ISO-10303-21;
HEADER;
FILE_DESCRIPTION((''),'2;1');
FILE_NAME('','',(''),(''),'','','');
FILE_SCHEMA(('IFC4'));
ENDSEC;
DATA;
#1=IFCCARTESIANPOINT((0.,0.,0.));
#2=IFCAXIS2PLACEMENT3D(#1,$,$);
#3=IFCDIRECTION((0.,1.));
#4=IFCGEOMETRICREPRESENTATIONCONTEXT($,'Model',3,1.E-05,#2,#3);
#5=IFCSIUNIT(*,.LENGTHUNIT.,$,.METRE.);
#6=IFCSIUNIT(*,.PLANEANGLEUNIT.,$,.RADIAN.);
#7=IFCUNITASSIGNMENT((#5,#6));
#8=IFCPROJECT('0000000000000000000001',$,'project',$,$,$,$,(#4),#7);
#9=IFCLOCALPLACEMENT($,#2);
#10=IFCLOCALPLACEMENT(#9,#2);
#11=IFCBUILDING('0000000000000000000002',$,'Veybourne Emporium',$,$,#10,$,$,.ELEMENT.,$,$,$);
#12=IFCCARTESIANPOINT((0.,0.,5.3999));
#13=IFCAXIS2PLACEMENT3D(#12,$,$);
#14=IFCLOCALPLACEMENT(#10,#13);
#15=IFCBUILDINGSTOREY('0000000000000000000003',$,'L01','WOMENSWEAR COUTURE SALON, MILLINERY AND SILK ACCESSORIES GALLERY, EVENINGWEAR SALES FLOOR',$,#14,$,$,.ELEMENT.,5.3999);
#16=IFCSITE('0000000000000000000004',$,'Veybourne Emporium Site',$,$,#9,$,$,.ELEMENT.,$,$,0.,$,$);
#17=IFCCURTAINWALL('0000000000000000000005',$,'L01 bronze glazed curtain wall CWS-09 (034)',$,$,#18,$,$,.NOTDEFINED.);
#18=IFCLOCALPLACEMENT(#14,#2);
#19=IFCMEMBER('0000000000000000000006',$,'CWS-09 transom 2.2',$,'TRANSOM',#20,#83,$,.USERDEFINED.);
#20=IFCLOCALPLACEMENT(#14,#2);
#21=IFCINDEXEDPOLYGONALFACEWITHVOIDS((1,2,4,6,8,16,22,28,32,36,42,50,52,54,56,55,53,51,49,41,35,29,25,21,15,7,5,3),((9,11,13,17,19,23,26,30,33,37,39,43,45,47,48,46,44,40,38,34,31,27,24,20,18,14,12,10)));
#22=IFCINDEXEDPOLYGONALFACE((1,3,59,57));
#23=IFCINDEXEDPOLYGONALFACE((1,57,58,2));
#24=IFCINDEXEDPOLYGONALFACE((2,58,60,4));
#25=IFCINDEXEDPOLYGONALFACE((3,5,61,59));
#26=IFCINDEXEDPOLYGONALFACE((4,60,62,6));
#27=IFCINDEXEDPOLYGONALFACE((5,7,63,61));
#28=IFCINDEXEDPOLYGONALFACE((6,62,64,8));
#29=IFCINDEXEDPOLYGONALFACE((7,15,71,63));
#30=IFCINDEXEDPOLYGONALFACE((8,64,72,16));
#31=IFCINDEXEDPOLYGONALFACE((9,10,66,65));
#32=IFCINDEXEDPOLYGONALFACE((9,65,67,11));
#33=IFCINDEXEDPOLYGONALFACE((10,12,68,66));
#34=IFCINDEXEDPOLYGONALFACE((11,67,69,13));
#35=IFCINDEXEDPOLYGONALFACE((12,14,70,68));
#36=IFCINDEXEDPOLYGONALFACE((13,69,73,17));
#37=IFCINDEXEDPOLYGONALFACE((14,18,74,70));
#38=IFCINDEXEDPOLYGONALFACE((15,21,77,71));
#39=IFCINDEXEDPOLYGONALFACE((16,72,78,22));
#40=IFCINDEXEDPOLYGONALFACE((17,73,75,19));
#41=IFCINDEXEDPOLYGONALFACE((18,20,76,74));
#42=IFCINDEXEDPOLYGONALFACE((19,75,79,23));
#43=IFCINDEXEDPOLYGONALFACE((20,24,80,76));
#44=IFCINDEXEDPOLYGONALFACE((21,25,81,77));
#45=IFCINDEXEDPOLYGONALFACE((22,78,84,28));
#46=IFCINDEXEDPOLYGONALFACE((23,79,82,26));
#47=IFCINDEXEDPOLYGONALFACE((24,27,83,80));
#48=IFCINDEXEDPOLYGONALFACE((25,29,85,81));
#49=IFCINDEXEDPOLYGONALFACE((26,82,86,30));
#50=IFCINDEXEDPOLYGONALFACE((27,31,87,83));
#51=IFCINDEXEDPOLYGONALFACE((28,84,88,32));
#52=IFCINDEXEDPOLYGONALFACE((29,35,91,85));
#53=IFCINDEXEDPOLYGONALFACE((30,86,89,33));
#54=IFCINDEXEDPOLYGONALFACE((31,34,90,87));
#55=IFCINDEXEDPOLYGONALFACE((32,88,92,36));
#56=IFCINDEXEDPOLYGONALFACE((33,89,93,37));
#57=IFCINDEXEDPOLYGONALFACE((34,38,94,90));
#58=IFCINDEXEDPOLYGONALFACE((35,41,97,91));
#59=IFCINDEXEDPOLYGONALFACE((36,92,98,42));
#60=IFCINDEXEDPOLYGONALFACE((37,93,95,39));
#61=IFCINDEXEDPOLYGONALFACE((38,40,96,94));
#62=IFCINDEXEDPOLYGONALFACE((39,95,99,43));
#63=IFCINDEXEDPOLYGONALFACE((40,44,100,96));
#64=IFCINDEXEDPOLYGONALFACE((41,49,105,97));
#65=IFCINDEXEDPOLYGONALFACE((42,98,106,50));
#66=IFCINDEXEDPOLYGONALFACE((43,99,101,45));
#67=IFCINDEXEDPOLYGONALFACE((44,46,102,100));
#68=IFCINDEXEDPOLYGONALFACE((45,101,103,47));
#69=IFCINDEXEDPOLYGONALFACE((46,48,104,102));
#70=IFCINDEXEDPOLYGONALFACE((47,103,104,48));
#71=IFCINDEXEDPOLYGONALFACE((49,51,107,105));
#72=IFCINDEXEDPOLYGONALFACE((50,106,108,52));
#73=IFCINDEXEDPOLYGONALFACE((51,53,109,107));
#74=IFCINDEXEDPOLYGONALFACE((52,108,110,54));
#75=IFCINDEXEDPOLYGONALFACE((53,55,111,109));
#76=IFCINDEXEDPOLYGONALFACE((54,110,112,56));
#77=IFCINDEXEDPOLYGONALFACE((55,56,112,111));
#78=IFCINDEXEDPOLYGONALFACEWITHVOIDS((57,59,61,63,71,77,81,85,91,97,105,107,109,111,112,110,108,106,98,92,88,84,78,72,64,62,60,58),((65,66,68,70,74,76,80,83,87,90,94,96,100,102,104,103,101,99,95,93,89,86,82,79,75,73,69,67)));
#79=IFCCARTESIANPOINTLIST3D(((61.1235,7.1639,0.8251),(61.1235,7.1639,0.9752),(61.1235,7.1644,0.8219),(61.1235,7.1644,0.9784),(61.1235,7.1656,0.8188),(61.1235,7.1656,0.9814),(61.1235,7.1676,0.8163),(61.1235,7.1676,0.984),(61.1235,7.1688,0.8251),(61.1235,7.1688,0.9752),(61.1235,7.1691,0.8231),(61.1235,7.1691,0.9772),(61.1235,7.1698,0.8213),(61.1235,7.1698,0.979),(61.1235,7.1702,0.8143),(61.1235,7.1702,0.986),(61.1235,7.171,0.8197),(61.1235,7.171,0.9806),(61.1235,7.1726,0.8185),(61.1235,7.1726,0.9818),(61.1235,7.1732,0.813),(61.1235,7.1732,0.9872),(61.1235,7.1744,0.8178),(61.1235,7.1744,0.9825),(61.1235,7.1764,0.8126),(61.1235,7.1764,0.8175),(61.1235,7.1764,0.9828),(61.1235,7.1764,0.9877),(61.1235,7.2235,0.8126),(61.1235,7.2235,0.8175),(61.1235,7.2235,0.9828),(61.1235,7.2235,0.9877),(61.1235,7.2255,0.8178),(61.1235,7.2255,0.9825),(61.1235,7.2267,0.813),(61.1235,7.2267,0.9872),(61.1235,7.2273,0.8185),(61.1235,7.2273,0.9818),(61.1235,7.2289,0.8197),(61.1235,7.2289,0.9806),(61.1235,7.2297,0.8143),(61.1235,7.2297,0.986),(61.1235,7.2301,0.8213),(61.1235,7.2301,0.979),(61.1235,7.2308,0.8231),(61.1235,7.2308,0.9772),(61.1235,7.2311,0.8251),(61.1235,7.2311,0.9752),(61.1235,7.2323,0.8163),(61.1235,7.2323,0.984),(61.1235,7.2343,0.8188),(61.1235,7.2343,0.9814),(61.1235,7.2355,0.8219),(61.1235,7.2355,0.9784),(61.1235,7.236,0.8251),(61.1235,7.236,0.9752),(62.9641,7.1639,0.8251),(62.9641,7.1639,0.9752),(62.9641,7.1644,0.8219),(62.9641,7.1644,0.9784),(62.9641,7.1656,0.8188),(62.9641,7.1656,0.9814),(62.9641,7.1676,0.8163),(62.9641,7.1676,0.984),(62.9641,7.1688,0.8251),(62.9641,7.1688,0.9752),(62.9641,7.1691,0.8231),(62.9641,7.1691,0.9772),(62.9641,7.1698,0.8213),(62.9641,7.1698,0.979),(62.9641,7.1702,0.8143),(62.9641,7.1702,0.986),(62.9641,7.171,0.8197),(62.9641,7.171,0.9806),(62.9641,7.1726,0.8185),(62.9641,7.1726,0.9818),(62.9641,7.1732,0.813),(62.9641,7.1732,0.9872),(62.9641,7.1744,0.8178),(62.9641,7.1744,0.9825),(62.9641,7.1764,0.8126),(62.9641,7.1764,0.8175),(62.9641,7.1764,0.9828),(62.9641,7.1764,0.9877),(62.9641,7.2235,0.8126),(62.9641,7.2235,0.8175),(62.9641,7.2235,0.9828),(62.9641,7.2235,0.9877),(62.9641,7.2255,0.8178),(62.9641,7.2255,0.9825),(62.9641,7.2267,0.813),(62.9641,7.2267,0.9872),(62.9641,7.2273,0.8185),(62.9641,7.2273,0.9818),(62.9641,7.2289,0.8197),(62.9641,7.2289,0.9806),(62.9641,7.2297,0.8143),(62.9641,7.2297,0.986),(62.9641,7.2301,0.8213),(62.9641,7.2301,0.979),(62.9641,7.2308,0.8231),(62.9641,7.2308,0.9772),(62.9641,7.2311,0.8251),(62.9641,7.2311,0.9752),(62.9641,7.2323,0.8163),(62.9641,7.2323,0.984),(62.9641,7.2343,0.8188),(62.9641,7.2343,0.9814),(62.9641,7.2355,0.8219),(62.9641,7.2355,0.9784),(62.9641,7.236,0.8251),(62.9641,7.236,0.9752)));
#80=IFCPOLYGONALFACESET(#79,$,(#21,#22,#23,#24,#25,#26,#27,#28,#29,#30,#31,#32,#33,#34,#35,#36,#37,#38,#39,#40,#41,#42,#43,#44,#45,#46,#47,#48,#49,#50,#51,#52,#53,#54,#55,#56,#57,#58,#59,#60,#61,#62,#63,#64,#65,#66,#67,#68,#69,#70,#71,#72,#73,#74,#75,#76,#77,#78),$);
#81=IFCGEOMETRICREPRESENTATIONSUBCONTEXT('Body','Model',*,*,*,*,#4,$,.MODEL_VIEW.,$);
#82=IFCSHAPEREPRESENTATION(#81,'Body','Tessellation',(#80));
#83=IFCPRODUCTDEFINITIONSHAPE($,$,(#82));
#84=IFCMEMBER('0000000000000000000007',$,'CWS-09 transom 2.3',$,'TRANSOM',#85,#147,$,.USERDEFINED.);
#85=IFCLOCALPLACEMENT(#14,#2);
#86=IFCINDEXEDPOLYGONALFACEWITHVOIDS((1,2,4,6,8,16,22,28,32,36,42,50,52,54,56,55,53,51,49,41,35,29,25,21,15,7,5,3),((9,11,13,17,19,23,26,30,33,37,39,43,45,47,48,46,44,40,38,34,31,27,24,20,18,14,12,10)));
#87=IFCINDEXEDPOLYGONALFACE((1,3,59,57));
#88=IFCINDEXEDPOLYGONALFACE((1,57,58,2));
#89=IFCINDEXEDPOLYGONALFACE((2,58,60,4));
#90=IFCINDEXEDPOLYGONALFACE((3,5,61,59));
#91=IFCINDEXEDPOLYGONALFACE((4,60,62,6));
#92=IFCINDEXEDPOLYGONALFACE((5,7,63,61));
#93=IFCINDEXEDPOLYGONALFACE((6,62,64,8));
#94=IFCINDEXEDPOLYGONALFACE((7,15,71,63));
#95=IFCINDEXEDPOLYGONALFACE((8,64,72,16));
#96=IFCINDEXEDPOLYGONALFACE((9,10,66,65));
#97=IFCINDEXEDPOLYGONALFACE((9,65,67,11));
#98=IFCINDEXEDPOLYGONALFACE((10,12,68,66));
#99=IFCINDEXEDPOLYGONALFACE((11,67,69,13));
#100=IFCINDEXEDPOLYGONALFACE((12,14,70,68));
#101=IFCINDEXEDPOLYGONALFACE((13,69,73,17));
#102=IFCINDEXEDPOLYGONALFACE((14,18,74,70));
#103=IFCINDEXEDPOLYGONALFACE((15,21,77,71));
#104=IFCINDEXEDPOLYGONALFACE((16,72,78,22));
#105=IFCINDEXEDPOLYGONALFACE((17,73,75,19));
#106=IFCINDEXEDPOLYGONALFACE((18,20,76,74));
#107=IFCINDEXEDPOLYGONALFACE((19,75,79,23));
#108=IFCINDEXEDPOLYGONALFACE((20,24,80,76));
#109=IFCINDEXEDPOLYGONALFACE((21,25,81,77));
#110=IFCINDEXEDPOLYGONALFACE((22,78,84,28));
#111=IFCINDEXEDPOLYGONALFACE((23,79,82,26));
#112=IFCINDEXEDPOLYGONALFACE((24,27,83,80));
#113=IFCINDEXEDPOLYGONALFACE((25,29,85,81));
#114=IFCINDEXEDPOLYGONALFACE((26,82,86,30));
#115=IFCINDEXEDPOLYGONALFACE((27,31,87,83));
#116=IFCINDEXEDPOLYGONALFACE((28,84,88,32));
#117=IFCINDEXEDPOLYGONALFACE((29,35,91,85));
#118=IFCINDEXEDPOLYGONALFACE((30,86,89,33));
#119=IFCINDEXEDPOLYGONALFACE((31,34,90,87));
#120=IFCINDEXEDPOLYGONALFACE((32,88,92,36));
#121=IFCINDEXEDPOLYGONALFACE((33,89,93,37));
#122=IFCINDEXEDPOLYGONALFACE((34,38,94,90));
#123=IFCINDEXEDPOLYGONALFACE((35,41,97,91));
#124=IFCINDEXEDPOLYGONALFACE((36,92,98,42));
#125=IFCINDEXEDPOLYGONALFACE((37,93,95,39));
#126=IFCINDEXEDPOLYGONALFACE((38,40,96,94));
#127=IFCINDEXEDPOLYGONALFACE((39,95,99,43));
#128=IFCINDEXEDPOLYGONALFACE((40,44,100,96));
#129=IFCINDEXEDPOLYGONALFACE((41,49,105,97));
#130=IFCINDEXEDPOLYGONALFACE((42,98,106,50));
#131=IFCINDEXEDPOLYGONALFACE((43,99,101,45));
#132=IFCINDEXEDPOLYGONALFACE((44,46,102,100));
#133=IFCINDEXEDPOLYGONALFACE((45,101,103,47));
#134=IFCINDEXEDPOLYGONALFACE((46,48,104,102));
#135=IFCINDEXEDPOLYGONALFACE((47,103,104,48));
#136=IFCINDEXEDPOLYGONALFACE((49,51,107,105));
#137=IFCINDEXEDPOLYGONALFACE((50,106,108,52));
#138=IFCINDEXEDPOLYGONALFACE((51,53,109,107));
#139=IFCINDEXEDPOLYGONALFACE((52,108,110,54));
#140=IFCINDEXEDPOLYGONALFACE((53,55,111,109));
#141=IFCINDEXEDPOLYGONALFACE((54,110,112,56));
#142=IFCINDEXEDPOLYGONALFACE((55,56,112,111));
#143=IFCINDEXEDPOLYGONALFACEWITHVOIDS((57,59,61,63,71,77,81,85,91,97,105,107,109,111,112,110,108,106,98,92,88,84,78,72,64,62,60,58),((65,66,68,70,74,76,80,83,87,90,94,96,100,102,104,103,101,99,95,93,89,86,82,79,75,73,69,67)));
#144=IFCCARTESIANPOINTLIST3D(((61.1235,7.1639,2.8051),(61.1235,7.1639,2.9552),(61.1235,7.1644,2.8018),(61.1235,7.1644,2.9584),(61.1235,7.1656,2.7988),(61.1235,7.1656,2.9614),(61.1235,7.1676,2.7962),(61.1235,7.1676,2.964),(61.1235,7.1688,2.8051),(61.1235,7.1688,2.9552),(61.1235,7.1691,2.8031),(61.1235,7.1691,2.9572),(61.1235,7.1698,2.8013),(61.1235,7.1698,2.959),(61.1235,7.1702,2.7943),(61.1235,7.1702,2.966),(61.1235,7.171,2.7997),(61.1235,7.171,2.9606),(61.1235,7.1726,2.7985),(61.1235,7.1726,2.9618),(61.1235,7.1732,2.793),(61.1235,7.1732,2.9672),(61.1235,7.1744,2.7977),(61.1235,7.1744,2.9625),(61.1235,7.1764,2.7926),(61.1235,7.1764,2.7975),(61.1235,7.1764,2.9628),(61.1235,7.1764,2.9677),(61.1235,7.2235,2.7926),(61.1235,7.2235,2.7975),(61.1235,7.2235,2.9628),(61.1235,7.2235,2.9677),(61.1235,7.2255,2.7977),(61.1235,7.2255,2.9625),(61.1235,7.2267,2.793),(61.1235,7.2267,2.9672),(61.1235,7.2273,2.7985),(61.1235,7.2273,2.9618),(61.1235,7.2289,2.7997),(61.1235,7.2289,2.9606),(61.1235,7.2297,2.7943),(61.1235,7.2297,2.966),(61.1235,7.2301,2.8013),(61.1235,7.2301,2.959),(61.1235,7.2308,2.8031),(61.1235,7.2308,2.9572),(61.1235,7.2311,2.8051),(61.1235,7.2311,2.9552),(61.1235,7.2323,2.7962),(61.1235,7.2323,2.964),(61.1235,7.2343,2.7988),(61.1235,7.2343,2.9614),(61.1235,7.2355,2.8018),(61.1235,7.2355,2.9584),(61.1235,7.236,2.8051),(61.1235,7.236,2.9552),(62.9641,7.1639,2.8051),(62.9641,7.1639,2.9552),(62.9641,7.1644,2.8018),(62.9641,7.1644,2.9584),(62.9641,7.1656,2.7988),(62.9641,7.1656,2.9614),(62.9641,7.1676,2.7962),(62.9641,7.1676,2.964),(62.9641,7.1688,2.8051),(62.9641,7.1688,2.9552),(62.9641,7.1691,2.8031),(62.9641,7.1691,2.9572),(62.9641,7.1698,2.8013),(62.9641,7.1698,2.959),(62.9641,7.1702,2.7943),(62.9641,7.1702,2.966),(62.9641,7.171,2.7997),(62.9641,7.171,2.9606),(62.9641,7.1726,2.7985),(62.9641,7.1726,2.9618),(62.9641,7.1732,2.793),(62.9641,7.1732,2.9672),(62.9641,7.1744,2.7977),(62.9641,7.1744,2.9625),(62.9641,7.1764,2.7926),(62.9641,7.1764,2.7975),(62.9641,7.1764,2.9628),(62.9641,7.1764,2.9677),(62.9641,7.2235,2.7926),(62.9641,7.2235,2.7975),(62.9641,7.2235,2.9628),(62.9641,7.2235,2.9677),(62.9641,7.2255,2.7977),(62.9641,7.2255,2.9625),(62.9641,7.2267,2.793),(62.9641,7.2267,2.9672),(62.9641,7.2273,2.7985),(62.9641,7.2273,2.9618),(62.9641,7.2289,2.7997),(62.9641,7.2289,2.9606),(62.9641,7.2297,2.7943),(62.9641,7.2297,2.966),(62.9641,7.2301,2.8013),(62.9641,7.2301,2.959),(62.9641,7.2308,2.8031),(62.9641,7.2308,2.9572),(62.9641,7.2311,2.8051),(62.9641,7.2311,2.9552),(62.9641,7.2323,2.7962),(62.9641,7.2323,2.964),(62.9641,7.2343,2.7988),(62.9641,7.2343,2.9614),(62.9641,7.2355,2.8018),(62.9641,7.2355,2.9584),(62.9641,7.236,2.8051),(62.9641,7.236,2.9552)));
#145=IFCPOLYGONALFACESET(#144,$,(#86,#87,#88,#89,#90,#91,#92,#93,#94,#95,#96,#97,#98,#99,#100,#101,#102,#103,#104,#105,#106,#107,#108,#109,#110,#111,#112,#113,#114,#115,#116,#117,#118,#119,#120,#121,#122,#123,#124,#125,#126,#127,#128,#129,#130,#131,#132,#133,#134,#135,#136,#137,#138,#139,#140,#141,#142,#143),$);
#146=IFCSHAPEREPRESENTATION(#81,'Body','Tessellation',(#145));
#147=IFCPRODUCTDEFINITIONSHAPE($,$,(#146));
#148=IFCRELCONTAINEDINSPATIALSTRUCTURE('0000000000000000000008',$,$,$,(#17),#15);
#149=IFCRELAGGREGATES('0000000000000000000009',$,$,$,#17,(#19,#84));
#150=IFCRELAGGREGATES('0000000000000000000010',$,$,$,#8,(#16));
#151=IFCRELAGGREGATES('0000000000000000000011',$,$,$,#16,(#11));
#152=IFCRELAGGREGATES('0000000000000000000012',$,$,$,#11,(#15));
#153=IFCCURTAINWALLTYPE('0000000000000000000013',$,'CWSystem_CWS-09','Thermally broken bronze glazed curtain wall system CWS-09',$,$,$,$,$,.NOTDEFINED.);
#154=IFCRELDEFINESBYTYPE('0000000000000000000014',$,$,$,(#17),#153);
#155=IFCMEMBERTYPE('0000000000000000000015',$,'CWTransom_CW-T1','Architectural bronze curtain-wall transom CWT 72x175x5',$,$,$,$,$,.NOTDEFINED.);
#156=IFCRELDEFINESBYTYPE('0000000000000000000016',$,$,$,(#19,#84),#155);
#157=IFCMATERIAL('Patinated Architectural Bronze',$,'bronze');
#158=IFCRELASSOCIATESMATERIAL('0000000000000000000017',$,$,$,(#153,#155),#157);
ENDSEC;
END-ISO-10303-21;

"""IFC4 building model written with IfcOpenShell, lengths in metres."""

from ifc_helpers import new_model, si_unit, direction, frame, origin, origin_2d, place, context, subcontext, project, spatial, hollow_rectangle, extrude, material, material_profile, profile_set, type_object, element, aggregate, save


model = new_model("IFC4")

# Units and contexts
model_context = context("Model", 3, precision=1e-05, world=origin(), true_north=direction((0.0, 1.0)))
body_context = subcontext(model_context, "Body", "Model", "MODEL_VIEW")
ifc_project = project(units=[si_unit("LENGTHUNIT", "METRE"), si_unit("PLANEANGLEUNIT", "RADIAN")], contexts=[model_context])

# Site, building, storey
site_placement = place(None, origin())
site = spatial("IfcSite", under=ifc_project, at=site_placement, Name="Veybourne Emporium Site", CompositionType="ELEMENT", RefElevation=0.0)
building_placement = place(site_placement, origin())
building = spatial("IfcBuilding", under=site, at=building_placement, Name="Veybourne Emporium", CompositionType="ELEMENT")
storey_placement = place(building_placement, frame((0.0, 0.0, 5.3999)))
storey = spatial("IfcBuildingStorey", under=building, at=storey_placement, Name="L01", Description="WOMENSWEAR COUTURE SALON, MILLINERY AND SILK ACCESSORIES GALLERY, EVENINGWEAR SALES FLOOR", CompositionType="ELEMENT", Elevation=5.3999)

# Curtain wall, members
ifc_material_1 = material(Name="Patinated Architectural Bronze", Category="bronze")
curtain_wall_type = type_object("IfcCurtainWallType", Name="CWSystem_CWS-09", Description="Thermally broken bronze glazed curtain wall system CWS-09", PredefinedType="NOTDEFINED", material=ifc_material_1)
curtain_wall_placement = place(storey_placement, origin())
curtain_wall = element("IfcCurtainWall", 1, at=curtain_wall_placement, inside=storey, type_object=curtain_wall_type, Name="L01 bronze glazed curtain wall CWS-09 (034)", PredefinedType="NOTDEFINED")
ifc_material_profile_1 = material_profile(ifc_material_1, hollow_rectangle(XDim=0.072, YDim=0.175, WallThickness=0.0049, InnerFilletRadius=0.0076, OuterFilletRadius=0.0125, at=origin_2d()), Name="CWT 72x175x5")
ifc_profile_set_1 = profile_set([ifc_material_profile_1], Name="Patinated Architectural Bronze")
member_type_1 = type_object("IfcMemberType", Name="CWTransom_CW-T1", Description="Architectural bronze curtain-wall transom CWT 72x175x5", PredefinedType="NOTDEFINED", material=ifc_profile_set_1)
member_1_placement = place(storey_placement, frame((61.1235, 7.2, 0.9001), z_axis=(1.0, 0.0, 0.0), x_axis=(0.0, 1.0, 0.0)))
member_1 = element("IfcMember", 2, at=member_1_placement, type_object=member_type_1, Name="CWS-09 transom 2.2", ObjectType="TRANSOM", PredefinedType="USERDEFINED", context=body_context, shape_type="SweptSolid", body=[
    extrude(hollow_rectangle(XDim=0.072, YDim=0.175, WallThickness=0.0049, InnerFilletRadius=0.0076, OuterFilletRadius=0.0125, at=origin_2d()), origin(), (0.0, 0.0, 1.0), 1.8406),
])
member_2_placement = place(storey_placement, frame((61.1235, 7.2, 2.8801), z_axis=(1.0, 0.0, 0.0), x_axis=(0.0, 1.0, 0.0)))
member_2 = element("IfcMember", 3, at=member_2_placement, type_object=member_type_1, Name="CWS-09 transom 2.3", ObjectType="TRANSOM", PredefinedType="USERDEFINED", context=body_context, shape_type="SweptSolid", body=[
    extrude(hollow_rectangle(XDim=0.072, YDim=0.175, WallThickness=0.0049, InnerFilletRadius=0.0076, OuterFilletRadius=0.0125, at=origin_2d()), origin(), (0.0, 0.0, 1.0), 1.8406),
])
aggregate(curtain_wall, [member_1, member_2])

save(model, "model.ifc")
